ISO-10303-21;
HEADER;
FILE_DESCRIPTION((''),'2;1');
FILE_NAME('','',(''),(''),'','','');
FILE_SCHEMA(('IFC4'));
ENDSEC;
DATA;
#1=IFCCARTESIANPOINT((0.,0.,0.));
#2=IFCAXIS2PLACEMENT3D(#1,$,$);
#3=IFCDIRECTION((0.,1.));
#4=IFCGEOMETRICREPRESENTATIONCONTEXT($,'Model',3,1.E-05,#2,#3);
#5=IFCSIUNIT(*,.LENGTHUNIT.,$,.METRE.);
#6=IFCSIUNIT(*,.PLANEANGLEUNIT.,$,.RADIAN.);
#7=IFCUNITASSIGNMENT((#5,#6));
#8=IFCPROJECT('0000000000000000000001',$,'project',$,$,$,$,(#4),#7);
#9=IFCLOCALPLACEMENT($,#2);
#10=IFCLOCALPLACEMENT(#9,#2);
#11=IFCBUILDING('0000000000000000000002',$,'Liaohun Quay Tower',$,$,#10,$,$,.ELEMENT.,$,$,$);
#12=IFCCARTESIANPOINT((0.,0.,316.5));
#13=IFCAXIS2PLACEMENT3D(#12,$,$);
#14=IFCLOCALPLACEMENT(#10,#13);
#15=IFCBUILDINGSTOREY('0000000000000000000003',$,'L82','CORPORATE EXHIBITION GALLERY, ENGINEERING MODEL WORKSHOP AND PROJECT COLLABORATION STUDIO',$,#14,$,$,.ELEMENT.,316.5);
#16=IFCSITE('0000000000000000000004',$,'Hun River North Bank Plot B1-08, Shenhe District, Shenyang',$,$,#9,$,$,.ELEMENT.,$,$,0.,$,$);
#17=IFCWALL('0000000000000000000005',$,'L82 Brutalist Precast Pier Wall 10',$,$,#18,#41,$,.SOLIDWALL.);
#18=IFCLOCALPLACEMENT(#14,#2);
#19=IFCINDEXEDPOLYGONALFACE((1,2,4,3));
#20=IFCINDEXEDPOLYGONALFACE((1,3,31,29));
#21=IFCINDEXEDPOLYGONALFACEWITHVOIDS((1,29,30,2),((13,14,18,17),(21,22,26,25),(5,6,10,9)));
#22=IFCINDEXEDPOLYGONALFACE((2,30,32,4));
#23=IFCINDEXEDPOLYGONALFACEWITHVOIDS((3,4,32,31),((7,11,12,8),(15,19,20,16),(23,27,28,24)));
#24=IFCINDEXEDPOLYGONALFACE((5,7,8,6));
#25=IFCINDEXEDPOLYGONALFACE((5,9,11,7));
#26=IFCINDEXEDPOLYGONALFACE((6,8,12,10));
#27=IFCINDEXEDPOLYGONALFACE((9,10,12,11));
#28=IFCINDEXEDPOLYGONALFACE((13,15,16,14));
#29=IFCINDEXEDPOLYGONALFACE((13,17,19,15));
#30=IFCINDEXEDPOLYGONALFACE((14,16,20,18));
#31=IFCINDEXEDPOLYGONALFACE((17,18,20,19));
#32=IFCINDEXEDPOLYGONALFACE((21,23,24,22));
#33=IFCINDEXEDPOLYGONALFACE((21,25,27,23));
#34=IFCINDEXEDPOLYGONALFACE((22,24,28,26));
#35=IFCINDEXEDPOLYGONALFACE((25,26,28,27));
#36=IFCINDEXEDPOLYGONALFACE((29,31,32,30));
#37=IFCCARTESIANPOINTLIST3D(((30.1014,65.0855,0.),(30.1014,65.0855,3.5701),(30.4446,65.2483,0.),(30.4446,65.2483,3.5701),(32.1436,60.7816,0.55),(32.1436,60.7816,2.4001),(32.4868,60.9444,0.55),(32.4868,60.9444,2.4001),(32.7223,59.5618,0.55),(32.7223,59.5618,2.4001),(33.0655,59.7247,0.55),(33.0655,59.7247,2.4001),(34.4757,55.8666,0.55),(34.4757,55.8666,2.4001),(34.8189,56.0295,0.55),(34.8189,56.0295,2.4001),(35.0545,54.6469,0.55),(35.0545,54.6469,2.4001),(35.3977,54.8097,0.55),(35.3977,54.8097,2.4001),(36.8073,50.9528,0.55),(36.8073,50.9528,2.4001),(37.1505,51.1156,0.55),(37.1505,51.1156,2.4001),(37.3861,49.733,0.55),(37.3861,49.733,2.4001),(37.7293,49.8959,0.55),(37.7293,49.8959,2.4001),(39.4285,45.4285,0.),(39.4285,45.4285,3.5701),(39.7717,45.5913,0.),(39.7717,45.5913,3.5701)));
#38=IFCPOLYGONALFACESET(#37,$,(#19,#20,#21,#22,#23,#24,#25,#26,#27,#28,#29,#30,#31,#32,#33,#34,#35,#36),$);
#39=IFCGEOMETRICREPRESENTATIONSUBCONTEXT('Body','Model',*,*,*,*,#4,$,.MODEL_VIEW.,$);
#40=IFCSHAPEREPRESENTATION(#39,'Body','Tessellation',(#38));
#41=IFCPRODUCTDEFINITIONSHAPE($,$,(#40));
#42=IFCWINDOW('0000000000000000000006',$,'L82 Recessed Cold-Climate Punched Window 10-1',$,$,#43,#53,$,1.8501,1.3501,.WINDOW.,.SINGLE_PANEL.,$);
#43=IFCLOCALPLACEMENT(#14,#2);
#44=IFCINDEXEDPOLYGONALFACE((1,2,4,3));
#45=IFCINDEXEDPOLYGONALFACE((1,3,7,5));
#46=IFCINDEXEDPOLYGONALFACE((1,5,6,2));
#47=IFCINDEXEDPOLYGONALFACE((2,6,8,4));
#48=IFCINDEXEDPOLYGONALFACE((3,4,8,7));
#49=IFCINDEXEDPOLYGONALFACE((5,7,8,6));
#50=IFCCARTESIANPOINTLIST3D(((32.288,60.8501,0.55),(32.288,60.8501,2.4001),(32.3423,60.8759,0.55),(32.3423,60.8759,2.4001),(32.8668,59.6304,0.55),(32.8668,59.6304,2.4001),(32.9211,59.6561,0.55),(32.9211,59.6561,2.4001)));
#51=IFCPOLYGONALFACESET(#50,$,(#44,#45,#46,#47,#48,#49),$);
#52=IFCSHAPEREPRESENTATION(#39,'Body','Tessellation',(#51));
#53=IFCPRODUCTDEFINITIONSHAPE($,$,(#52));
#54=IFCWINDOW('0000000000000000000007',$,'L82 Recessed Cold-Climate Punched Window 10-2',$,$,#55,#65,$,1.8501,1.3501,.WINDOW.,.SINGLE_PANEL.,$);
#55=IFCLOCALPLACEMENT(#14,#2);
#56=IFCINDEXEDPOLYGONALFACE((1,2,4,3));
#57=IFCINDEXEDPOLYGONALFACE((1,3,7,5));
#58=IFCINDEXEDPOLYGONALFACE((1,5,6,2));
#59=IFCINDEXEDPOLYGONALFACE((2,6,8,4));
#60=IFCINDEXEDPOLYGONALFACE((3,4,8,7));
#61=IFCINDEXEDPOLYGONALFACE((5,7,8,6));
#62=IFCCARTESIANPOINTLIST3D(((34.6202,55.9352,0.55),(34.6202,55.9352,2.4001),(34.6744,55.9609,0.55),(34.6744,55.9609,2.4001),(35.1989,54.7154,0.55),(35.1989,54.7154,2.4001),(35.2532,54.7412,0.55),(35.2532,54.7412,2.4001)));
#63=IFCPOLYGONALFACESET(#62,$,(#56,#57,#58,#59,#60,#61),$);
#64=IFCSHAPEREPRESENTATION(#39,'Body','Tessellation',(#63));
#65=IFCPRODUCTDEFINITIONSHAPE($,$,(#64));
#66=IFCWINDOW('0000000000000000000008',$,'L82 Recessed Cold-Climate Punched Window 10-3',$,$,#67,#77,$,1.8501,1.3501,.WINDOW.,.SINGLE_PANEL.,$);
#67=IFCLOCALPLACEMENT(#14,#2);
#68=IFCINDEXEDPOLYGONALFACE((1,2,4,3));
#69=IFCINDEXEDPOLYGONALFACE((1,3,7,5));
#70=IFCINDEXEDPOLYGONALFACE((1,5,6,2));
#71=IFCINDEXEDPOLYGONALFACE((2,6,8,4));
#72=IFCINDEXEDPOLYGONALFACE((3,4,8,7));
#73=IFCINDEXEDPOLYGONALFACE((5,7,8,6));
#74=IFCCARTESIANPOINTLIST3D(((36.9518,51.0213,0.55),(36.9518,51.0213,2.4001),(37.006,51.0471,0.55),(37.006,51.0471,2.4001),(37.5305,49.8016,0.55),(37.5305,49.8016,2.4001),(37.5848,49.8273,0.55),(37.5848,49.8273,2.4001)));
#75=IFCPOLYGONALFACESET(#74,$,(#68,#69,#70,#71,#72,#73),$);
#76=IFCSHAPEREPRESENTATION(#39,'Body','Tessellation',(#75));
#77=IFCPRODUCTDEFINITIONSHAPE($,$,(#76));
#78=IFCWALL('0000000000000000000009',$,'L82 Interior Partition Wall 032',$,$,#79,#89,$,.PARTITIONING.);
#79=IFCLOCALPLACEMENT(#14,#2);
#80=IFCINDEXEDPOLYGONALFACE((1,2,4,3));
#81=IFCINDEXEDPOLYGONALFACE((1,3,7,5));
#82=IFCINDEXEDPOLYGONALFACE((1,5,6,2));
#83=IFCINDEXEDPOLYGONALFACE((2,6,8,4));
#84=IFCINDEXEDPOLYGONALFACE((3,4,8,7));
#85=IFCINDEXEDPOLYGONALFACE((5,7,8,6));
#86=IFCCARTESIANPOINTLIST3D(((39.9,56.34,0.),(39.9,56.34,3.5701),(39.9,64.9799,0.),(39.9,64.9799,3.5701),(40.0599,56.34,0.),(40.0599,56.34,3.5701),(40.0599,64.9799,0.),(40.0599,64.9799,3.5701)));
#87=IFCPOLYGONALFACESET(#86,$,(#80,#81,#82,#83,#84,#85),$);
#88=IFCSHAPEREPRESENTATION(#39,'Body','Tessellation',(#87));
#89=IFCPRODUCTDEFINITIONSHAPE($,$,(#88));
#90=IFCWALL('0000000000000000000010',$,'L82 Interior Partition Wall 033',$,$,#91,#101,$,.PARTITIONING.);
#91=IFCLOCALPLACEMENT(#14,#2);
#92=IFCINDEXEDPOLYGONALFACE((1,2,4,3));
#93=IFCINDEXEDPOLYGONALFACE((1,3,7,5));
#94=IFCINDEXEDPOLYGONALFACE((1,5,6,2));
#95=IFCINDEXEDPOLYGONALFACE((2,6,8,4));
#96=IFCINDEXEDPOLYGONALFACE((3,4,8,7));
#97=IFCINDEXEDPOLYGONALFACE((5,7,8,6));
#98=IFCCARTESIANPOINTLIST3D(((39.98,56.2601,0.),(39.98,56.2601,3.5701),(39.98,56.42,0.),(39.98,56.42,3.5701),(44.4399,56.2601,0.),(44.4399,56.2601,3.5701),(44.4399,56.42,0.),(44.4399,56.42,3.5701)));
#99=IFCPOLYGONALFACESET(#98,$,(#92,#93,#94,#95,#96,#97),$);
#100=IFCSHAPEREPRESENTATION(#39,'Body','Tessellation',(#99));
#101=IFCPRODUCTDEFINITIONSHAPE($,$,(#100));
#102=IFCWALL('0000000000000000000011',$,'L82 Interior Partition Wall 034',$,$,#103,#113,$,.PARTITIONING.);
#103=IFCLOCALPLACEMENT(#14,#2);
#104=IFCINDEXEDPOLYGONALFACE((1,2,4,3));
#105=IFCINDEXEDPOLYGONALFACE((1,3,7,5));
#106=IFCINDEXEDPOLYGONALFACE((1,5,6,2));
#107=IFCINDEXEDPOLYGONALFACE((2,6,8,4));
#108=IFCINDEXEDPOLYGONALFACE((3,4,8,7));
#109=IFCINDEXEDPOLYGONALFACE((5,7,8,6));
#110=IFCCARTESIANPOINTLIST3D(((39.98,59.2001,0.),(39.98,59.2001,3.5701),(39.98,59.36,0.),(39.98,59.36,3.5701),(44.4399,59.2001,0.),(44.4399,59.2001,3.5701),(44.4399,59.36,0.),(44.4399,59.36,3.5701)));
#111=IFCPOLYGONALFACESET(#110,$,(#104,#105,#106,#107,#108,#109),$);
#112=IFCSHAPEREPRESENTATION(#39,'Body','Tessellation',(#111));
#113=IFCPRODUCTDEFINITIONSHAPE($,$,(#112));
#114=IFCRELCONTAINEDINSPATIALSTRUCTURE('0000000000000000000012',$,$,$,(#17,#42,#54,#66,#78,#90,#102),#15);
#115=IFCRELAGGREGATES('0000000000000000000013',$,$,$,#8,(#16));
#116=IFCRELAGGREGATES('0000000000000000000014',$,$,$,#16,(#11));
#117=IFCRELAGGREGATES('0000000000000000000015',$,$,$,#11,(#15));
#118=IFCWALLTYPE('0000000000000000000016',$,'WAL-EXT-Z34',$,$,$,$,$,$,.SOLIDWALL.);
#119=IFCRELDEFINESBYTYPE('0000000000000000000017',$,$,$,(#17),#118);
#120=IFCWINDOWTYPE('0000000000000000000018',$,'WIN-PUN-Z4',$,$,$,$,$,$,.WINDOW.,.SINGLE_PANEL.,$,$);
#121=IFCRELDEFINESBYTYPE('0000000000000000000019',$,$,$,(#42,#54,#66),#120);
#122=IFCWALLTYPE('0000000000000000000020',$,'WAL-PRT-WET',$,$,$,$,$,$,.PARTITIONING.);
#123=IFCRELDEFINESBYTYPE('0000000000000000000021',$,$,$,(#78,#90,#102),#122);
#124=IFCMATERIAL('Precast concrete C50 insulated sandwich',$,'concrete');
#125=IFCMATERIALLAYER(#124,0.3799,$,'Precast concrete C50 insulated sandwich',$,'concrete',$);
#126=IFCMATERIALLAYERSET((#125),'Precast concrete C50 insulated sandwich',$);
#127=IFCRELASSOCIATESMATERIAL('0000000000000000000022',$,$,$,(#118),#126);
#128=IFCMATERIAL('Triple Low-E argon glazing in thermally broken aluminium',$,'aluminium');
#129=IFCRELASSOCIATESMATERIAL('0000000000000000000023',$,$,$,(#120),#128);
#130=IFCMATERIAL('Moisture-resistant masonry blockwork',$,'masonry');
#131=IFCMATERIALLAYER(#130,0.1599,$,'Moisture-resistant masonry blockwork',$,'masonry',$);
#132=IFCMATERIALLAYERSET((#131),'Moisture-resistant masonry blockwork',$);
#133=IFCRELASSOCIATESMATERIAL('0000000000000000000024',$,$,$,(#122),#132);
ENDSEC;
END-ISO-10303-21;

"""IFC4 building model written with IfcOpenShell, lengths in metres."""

from ifc_helpers import new_model, si_unit, direction, frame, frame_2d, origin, place, context, subcontext, project, spatial, rectangle, extrude, source, transform, mapped, material, layer, layer_set, type_object, element, fill, save


model = new_model("IFC4")

# Units and contexts
model_context = context("Model", 3, precision=1e-05, world=origin(), true_north=direction((0.0, 1.0)))
body_context = subcontext(model_context, "Body", "Model", "MODEL_VIEW")
ifc_project = project(units=[si_unit("LENGTHUNIT", "METRE"), si_unit("PLANEANGLEUNIT", "RADIAN")], contexts=[model_context])

# Site, building, storey
site_placement = place(None, origin())
site = spatial("IfcSite", under=ifc_project, at=site_placement, Name="Hun River North Bank Plot B1-08, Shenhe District, Shenyang", CompositionType="ELEMENT", RefElevation=0.0)
building_placement = place(site_placement, origin())
building = spatial("IfcBuilding", under=site, at=building_placement, Name="Liaohun Quay Tower", CompositionType="ELEMENT")
storey_placement = place(building_placement, frame((0.0, 0.0, 316.5)))
storey = spatial("IfcBuildingStorey", under=building, at=storey_placement, Name="L82", Description="CORPORATE EXHIBITION GALLERY, ENGINEERING MODEL WORKSHOP AND PROJECT COLLABORATION STUDIO", CompositionType="ELEMENT", Elevation=316.5)

# Shared definitions
ifc_material_1 = material(Name="Precast concrete C50 insulated sandwich", Category="concrete")
ifc_layer_1 = layer(ifc_material_1, 0.3799, Name="Precast concrete C50 insulated sandwich", Category="concrete")
ifc_layer_set_1 = layer_set([ifc_layer_1], Name="Precast concrete C50 insulated sandwich")
wall_type_1 = type_object("IfcWallType", Name="WAL-EXT-Z34", PredefinedType="SOLIDWALL", material=ifc_layer_set_1)

# Wall, openings, windows
wall_1_placement = place(storey_placement, frame((30.2729, 65.167, 0.0), z_axis=(0.0, 0.0, 1.0), x_axis=(0.428685, -0.903454, 0.0)))
wall_1 = element("IfcWall", 1, at=wall_1_placement, inside=storey, type_object=wall_type_1, Name="L82 Brutalist Precast Pier Wall 10", PredefinedType="SOLIDWALL", context=body_context, shape_type="SweptSolid", body=[
    extrude(rectangle(XDim=21.7576, YDim=0.3799, at=frame_2d((10.8789, 0.0))), origin(), (0.0, 0.0, 1.0), 3.5701),
])
shared_shape_1 = source(origin(), body_context, "Body", "SweptSolid", [
    extrude(rectangle(XDim=1.3501, YDim=1.8501, at=frame_2d((0.675, 0.925))), frame((0.0, 0.2, 0.0), z_axis=(0.0, -1.0, 0.0), x_axis=(1.0, 0.0, 0.0)), (0.0, 0.0, 1.0), 0.3999),
])
opening_1_placement = place(wall_1_placement, frame((4.7639, 0.0, 0.55)))
opening_1 = element("IfcOpeningElement", 2, at=opening_1_placement, cuts=wall_1, PredefinedType="OPENING", context=body_context, shape_type="MappedRepresentation", body=[
    mapped(shared_shape_1, transform((0.0, 0.0, 0.0), x_axis=(1.0, 0.0, 0.0), y_axis=(0.0, 1.0, 0.0), z_axis=(0.0, 0.0, 1.0), scale=1.0)),
])
opening_2_placement = place(wall_1_placement, frame((10.2041, 0.0, 0.55)))
opening_2 = element("IfcOpeningElement", 3, at=opening_2_placement, cuts=wall_1, PredefinedType="OPENING", context=body_context, shape_type="MappedRepresentation", body=[
    mapped(shared_shape_1, transform((0.0, 0.0, 0.0), x_axis=(1.0, 0.0, 0.0), y_axis=(0.0, 1.0, 0.0), z_axis=(0.0, 0.0, 1.0), scale=1.0)),
])
opening_3_placement = place(wall_1_placement, frame((15.6431, 0.0, 0.55)))
opening_3 = element("IfcOpeningElement", 4, at=opening_3_placement, cuts=wall_1, PredefinedType="OPENING", context=body_context, shape_type="MappedRepresentation", body=[
    mapped(shared_shape_1, transform((0.0, 0.0, 0.0), x_axis=(1.0, 0.0, 0.0), y_axis=(0.0, 1.0, 0.0), z_axis=(0.0, 0.0, 1.0), scale=1.0)),
])
ifc_material_2 = material(Name="Triple Low-E argon glazing in thermally broken aluminium", Category="aluminium")
window_type_1 = type_object("IfcWindowType", Name="WIN-PUN-Z4", PartitioningType="SINGLE_PANEL", PredefinedType="WINDOW", material=ifc_material_2)
shared_shape_2 = source(origin(), body_context, "Body", "SweptSolid", [
    extrude(rectangle(XDim=1.3501, YDim=1.8501, at=frame_2d((0.675, 0.925))), frame((0.0, 0.03, 0.0), z_axis=(0.0, -1.0, 0.0), x_axis=(1.0, 0.0, 0.0)), (0.0, 0.0, 1.0), 0.0601),
])
window_1_placement = place(opening_1_placement, origin())
window_1 = element("IfcWindow", 5, at=window_1_placement, inside=storey, type_object=window_type_1, Name="L82 Recessed Cold-Climate Punched Window 10-1", OverallHeight=1.8501, OverallWidth=1.3501, PartitioningType="SINGLE_PANEL", PredefinedType="WINDOW", context=body_context, shape_type="MappedRepresentation", body=[
    mapped(shared_shape_2, transform((0.0, 0.0, 0.0), x_axis=(1.0, 0.0, 0.0), y_axis=(0.0, 1.0, 0.0), z_axis=(0.0, 0.0, 1.0), scale=1.0)),
])
fill(opening_1, window_1)
window_2_placement = place(opening_2_placement, origin())
window_2 = element("IfcWindow", 6, at=window_2_placement, inside=storey, type_object=window_type_1, Name="L82 Recessed Cold-Climate Punched Window 10-2", OverallHeight=1.8501, OverallWidth=1.3501, PartitioningType="SINGLE_PANEL", PredefinedType="WINDOW", context=body_context, shape_type="MappedRepresentation", body=[
    mapped(shared_shape_2, transform((0.0, 0.0, 0.0), x_axis=(1.0, 0.0, 0.0), y_axis=(0.0, 1.0, 0.0), z_axis=(0.0, 0.0, 1.0), scale=1.0)),
])
fill(opening_2, window_2)
window_3_placement = place(opening_3_placement, origin())
window_3 = element("IfcWindow", 7, at=window_3_placement, inside=storey, type_object=window_type_1, Name="L82 Recessed Cold-Climate Punched Window 10-3", OverallHeight=1.8501, OverallWidth=1.3501, PartitioningType="SINGLE_PANEL", PredefinedType="WINDOW", context=body_context, shape_type="MappedRepresentation", body=[
    mapped(shared_shape_2, transform((0.0, 0.0, 0.0), x_axis=(1.0, 0.0, 0.0), y_axis=(0.0, 1.0, 0.0), z_axis=(0.0, 0.0, 1.0), scale=1.0)),
])
fill(opening_3, window_3)

# Walls
ifc_material_3 = material(Name="Moisture-resistant masonry blockwork", Category="masonry")
ifc_layer_2 = layer(ifc_material_3, 0.1599, Name="Moisture-resistant masonry blockwork", Category="masonry")
ifc_layer_set_2 = layer_set([ifc_layer_2], Name="Moisture-resistant masonry blockwork")
wall_type_2 = type_object("IfcWallType", Name="WAL-PRT-WET", PredefinedType="PARTITIONING", material=ifc_layer_set_2)
wall_2_placement = place(storey_placement, frame((39.98, 56.3401, 0.0), z_axis=(0.0, 0.0, 1.0), x_axis=(0.0, 1.0, 0.0)))
element("IfcWall", 8, at=wall_2_placement, inside=storey, type_object=wall_type_2, Name="L82 Interior Partition Wall 032", PredefinedType="PARTITIONING", context=body_context, shape_type="SweptSolid", body=[
    extrude(rectangle(XDim=8.6399, YDim=0.1599, at=frame_2d((4.3198, 0.0))), origin(), (0.0, 0.0, 1.0), 3.5701),
])
for number, where, z_axis, x_axis, name in (
    (9, (39.98, 56.3401, 0.0), (0.0, 0.0, 1.0), (1.0, 0.0, 0.0), "L82 Interior Partition Wall 033"),
    (10, (39.98, 59.28, 0.0), (0.0, 0.0, 1.0), (1.0, 0.0, 0.0), "L82 Interior Partition Wall 034"),
):
    element("IfcWall", number, at=place(storey_placement, frame(where, z_axis=z_axis, x_axis=x_axis)), inside=storey, type_object=wall_type_2, Name=name, PredefinedType="PARTITIONING", context=body_context, shape_type="SweptSolid", body=[
        extrude(rectangle(XDim=4.46, YDim=0.1599, at=frame_2d((2.23, 0.0))), origin(), (0.0, 0.0, 1.0), 3.5701),
    ])

save(model, "model.ifc")
